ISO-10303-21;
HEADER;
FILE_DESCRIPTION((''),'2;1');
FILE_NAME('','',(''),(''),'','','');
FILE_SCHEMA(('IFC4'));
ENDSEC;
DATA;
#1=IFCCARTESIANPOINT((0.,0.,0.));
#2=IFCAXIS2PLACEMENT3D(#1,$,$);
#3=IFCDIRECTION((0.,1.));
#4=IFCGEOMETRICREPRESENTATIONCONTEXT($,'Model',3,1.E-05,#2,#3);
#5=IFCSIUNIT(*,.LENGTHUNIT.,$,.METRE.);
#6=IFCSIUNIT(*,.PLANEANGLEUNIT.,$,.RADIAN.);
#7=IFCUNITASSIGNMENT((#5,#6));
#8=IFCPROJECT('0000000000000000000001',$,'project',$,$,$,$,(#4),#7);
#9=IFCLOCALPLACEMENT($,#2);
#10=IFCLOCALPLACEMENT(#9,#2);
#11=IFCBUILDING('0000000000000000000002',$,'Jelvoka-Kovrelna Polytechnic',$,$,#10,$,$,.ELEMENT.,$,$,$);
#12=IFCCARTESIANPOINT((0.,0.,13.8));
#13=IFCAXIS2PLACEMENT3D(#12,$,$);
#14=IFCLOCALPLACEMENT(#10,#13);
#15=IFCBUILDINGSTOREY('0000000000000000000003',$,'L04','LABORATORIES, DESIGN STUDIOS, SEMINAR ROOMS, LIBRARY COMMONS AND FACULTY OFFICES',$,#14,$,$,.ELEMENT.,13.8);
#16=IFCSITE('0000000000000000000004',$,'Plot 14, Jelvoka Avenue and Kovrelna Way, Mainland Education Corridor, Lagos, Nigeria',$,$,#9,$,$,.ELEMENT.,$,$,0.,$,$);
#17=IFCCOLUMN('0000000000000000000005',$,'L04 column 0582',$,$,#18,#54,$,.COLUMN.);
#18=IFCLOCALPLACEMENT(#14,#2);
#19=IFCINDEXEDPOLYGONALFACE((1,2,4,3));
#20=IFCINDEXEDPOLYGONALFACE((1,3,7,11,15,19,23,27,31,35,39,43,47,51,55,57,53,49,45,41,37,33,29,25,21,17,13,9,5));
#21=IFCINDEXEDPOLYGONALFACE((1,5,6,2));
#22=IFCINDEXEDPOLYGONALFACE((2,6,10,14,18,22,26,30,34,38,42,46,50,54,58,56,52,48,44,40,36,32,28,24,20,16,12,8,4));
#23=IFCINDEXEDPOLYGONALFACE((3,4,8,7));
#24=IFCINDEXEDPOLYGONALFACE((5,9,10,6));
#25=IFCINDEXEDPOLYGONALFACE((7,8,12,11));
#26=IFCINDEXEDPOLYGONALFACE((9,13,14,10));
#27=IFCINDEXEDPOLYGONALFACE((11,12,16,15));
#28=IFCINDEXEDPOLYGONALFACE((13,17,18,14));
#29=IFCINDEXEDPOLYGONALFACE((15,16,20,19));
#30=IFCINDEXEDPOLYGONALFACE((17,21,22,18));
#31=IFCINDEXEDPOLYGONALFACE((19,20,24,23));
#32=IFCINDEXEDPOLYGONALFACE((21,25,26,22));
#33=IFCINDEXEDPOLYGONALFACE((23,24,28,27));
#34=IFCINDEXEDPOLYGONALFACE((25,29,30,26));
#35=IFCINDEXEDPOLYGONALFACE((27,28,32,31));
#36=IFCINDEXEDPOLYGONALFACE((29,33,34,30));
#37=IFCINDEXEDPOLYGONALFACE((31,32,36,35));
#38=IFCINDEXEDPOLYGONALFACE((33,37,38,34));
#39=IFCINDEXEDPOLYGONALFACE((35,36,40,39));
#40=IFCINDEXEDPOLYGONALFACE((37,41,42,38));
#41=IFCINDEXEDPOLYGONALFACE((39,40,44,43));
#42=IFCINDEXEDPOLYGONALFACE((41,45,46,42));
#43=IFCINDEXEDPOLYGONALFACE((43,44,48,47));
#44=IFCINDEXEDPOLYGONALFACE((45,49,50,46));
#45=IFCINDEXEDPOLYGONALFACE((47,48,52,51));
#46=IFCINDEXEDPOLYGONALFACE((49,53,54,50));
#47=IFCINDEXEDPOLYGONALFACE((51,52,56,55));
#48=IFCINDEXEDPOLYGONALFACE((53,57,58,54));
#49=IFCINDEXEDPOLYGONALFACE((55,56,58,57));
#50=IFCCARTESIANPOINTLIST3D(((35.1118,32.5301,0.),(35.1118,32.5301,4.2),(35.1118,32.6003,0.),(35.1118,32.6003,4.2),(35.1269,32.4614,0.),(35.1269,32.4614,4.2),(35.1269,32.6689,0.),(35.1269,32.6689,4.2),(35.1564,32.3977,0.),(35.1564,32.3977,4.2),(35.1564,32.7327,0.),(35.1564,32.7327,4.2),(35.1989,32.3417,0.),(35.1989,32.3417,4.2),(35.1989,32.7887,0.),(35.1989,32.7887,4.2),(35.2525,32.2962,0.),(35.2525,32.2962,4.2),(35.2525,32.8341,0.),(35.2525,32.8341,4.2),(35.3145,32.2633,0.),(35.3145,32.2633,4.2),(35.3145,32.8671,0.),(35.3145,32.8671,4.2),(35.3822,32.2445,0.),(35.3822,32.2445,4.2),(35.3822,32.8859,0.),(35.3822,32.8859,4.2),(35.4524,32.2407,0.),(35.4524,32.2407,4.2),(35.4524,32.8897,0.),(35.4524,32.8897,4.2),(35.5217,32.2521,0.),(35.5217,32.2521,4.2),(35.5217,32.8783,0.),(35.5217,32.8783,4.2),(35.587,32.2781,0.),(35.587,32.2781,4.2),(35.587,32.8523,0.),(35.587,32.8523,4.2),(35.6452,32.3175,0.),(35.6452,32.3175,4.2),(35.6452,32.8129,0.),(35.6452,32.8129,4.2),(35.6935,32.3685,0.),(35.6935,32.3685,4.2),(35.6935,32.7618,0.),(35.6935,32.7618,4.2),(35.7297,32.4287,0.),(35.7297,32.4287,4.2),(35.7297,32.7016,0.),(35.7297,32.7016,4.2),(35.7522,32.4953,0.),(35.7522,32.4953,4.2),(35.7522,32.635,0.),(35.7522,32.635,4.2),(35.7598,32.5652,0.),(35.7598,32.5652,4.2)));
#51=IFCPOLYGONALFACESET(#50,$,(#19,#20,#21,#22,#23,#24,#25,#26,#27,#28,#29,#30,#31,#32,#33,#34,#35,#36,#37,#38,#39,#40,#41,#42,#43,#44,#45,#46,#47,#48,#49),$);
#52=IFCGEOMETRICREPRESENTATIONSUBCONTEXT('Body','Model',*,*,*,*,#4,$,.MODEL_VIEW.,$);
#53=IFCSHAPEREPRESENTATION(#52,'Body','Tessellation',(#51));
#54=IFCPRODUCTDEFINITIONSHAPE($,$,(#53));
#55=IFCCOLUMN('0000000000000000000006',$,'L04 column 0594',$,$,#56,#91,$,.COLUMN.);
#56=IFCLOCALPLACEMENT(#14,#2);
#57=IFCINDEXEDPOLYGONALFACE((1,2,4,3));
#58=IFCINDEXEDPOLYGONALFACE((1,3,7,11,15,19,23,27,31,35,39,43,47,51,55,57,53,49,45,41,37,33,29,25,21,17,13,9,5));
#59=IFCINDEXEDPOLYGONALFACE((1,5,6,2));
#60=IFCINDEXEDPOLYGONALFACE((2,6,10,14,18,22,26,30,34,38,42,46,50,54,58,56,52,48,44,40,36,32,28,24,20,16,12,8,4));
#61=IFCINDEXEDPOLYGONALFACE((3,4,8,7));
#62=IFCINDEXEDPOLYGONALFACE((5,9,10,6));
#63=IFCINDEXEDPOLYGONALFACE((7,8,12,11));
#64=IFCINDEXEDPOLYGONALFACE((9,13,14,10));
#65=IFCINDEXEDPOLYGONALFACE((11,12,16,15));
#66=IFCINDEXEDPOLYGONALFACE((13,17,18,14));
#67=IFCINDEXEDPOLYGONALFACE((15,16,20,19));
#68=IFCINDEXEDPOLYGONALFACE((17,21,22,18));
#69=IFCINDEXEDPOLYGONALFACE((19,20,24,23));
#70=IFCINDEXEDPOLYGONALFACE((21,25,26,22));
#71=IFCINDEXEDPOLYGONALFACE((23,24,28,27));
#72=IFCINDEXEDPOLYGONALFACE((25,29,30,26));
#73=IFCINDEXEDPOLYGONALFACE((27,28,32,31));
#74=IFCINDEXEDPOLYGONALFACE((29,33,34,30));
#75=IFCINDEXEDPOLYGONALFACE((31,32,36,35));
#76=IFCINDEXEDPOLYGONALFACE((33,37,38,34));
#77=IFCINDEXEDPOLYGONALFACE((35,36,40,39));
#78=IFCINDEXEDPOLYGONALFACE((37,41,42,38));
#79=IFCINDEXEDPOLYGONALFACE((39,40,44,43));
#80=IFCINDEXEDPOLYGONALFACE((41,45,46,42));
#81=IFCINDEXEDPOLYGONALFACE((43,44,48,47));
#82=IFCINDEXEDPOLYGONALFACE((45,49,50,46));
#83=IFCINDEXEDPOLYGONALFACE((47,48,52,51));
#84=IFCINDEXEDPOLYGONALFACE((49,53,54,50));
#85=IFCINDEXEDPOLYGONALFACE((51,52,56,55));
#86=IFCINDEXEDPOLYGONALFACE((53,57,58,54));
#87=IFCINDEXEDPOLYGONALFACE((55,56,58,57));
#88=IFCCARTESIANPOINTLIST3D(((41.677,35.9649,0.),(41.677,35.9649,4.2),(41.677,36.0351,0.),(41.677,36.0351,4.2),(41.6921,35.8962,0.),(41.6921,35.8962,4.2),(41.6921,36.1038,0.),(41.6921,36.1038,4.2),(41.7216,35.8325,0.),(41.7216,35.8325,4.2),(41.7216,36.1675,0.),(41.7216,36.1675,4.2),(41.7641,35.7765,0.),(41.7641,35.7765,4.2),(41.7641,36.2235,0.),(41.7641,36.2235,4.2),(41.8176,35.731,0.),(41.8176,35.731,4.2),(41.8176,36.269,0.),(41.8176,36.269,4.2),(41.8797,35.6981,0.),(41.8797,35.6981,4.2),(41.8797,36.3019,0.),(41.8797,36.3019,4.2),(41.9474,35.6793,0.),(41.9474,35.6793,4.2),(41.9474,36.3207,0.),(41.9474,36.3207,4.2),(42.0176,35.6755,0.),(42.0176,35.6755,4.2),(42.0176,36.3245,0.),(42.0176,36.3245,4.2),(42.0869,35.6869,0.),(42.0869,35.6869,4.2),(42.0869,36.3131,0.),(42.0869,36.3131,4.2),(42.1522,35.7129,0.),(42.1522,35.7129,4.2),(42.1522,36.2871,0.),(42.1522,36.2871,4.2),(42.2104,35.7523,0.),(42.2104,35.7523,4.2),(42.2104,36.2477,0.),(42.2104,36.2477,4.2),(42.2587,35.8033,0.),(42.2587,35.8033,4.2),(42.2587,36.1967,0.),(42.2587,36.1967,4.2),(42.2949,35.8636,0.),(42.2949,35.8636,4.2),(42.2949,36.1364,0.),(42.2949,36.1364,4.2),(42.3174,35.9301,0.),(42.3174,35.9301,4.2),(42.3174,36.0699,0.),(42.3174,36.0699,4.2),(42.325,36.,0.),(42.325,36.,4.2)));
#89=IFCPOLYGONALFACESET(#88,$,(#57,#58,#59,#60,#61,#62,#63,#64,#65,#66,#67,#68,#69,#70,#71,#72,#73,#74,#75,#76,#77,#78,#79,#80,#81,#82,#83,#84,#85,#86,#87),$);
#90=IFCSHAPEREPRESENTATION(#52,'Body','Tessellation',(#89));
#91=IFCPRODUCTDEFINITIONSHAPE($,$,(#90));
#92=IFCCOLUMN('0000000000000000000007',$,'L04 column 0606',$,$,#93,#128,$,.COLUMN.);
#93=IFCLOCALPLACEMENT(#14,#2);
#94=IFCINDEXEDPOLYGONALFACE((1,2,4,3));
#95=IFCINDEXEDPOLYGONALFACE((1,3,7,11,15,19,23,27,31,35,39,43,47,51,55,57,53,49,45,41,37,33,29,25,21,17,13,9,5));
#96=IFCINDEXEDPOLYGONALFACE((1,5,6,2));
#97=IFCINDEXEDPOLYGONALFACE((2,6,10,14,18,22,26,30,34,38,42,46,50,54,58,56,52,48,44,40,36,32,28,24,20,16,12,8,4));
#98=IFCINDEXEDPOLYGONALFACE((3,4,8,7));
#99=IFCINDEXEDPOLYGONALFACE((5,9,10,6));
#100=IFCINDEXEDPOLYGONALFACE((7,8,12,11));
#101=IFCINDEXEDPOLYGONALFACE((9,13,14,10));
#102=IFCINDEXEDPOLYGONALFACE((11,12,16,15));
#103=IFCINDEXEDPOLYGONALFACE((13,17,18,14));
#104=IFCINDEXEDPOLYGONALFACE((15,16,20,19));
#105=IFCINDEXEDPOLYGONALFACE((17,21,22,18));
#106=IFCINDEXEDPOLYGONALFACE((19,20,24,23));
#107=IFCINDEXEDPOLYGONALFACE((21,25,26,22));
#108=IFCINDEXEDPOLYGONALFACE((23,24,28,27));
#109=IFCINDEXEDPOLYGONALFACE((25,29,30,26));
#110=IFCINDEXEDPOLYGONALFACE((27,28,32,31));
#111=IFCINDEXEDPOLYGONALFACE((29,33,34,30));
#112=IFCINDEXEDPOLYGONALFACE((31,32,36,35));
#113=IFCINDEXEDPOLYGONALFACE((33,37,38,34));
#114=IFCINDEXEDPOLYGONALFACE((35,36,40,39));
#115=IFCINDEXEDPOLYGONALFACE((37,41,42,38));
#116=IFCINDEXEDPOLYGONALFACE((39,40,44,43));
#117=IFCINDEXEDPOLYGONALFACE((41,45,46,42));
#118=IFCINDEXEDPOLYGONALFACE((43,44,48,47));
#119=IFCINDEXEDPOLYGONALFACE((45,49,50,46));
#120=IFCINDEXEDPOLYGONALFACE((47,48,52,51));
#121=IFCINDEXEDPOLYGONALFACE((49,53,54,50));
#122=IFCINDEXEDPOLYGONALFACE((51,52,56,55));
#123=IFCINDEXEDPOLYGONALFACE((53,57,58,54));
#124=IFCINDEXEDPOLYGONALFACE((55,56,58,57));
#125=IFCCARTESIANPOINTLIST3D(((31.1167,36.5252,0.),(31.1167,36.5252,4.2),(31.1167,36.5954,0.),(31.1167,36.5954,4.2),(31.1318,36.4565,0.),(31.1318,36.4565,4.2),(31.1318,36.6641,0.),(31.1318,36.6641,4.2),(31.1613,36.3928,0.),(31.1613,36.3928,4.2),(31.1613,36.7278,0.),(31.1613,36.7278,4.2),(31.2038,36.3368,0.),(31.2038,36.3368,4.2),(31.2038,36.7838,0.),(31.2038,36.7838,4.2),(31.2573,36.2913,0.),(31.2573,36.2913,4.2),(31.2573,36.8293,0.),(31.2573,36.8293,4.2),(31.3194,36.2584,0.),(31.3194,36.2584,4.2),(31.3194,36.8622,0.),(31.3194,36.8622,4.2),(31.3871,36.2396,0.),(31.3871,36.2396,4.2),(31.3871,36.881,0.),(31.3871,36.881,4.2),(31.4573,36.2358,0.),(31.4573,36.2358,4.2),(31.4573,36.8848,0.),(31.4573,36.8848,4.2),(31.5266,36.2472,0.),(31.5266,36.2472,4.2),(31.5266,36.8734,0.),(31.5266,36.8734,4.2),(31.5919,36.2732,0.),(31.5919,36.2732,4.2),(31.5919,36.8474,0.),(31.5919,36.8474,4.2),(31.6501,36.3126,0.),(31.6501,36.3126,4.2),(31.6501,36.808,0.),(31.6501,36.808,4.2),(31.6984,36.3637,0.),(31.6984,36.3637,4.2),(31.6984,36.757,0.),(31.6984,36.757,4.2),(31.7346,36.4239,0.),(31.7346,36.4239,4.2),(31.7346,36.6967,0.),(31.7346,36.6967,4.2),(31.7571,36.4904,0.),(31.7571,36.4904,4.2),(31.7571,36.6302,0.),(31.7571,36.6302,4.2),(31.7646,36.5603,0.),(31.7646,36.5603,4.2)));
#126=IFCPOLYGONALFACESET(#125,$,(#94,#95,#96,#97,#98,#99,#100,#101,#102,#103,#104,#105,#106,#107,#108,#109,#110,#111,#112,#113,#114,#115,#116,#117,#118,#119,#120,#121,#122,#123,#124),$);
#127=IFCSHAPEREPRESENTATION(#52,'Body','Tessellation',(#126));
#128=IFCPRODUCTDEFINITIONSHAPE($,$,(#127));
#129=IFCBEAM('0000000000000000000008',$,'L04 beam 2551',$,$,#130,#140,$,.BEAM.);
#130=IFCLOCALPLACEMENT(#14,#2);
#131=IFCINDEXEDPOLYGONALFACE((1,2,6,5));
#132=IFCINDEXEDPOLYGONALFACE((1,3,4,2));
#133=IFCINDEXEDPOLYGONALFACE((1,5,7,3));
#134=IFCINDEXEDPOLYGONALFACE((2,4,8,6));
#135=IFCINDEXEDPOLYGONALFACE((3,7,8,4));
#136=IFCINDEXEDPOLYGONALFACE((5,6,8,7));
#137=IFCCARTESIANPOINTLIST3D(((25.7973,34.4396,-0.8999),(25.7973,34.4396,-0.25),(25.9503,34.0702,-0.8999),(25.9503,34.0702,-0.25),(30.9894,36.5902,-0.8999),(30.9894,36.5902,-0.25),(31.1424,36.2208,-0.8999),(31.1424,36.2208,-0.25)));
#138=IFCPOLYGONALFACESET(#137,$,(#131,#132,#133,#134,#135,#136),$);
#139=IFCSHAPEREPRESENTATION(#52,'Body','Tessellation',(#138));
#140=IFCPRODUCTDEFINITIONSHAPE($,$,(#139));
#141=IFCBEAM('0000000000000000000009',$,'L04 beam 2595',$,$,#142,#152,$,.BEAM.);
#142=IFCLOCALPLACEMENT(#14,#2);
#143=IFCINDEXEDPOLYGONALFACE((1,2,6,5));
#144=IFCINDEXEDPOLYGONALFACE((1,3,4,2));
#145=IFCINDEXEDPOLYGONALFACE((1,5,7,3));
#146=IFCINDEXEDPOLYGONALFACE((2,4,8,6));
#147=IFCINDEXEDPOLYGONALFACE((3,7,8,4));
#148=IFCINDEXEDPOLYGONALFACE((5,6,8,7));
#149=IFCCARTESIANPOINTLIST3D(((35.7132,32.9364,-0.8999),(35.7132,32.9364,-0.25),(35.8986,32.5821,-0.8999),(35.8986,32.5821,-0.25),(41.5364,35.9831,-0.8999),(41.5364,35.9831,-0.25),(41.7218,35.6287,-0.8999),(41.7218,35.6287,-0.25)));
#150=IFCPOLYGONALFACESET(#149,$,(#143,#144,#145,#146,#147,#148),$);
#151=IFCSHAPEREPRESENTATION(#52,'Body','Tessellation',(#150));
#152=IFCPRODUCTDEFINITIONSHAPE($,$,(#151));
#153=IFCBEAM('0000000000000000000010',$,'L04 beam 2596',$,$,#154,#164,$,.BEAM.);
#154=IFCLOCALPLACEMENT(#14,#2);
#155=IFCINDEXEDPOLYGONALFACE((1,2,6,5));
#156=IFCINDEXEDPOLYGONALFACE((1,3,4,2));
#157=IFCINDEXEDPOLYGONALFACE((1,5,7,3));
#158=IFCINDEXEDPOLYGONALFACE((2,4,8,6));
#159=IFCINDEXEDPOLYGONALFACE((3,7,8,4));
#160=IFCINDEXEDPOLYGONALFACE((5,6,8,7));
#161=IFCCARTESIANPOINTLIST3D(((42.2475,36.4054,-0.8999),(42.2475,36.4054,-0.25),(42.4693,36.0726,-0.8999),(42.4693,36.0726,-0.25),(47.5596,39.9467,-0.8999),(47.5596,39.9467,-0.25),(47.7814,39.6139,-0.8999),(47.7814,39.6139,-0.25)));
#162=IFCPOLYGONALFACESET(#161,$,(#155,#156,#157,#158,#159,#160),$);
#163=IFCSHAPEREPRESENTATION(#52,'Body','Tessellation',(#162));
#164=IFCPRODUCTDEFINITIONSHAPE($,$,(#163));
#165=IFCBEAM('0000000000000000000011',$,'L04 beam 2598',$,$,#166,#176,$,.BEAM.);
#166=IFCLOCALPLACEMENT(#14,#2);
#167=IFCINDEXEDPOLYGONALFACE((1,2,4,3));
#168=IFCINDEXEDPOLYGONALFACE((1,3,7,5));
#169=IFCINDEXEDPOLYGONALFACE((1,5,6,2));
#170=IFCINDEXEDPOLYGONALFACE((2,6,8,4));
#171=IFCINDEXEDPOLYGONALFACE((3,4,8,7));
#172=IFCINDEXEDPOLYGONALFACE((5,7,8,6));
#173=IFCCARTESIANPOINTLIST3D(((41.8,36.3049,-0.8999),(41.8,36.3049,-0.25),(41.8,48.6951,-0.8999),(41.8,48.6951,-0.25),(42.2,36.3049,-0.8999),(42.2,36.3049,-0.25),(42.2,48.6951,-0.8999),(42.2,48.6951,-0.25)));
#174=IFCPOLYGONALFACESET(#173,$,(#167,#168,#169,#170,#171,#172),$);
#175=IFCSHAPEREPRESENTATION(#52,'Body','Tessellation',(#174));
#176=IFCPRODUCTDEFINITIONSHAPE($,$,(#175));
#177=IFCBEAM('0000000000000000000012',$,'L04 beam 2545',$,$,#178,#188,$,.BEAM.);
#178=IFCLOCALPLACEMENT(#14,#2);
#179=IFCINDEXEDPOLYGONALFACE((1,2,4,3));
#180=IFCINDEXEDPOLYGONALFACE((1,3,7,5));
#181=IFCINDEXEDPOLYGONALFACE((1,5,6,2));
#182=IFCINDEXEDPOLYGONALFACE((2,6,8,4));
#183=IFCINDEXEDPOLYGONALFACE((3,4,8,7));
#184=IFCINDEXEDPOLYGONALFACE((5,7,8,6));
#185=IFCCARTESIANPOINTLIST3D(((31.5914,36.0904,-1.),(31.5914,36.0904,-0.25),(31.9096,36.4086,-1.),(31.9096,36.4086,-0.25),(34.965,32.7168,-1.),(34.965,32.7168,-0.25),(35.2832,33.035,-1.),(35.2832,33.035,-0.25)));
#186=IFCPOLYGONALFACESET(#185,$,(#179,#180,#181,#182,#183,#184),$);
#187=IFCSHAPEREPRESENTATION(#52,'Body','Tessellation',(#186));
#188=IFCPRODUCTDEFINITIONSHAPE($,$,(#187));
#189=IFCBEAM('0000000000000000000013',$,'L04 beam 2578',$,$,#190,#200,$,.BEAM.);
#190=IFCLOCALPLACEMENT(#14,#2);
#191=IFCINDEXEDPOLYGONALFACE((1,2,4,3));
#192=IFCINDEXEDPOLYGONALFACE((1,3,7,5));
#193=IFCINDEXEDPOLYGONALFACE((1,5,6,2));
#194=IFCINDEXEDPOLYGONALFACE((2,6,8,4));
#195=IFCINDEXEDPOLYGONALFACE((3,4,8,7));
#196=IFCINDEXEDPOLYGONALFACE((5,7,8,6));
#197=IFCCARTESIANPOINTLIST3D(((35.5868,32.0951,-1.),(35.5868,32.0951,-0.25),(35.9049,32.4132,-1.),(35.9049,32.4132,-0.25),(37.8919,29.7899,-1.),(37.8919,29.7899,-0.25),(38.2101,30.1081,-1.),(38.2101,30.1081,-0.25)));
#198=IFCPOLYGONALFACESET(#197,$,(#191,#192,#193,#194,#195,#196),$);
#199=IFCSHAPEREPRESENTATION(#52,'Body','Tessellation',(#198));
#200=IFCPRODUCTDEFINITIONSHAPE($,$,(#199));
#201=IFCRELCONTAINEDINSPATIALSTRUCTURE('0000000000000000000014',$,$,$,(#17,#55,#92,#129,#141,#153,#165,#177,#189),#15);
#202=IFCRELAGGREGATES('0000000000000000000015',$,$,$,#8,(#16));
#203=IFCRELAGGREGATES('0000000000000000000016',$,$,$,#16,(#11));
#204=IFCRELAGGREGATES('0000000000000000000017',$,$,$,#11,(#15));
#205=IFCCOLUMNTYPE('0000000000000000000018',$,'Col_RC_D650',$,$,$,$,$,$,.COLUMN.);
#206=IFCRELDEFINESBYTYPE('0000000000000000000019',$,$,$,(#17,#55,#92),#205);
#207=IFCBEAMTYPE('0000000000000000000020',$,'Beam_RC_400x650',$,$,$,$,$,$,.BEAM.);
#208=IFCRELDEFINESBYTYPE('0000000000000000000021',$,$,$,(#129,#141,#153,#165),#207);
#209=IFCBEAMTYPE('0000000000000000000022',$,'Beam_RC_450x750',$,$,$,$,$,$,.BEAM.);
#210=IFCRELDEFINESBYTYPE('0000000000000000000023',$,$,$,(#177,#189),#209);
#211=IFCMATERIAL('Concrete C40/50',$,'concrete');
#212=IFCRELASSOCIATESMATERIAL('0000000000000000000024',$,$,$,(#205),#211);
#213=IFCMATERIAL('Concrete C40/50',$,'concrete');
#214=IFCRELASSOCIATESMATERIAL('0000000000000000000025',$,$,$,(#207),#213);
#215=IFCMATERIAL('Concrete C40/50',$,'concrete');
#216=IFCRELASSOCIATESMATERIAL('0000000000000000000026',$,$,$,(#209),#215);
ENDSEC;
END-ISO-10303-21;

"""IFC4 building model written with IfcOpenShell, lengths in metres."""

from ifc_helpers import new_model, si_unit, direction, frame, origin, origin_2d, place, context, subcontext, project, spatial, rectangle, circle, extrude, material, material_profile, profile_set, type_object, element, save


model = new_model("IFC4")

# Units and contexts
model_context = context("Model", 3, precision=1e-05, world=origin(), true_north=direction((0.0, 1.0)))
body_context = subcontext(model_context, "Body", "Model", "MODEL_VIEW")
ifc_project = project(units=[si_unit("LENGTHUNIT", "METRE"), si_unit("PLANEANGLEUNIT", "RADIAN")], contexts=[model_context])

# Site, building, storey
site_placement = place(None, origin())
site = spatial("IfcSite", under=ifc_project, at=site_placement, Name="Plot 14, Jelvoka Avenue and Kovrelna Way, Mainland Education Corridor, Lagos, Nigeria", CompositionType="ELEMENT", RefElevation=0.0)
building_placement = place(site_placement, origin())
building = spatial("IfcBuilding", under=site, at=building_placement, Name="Jelvoka-Kovrelna Polytechnic", CompositionType="ELEMENT")
storey_placement = place(building_placement, frame((0.0, 0.0, 13.8)))
storey = spatial("IfcBuildingStorey", under=building, at=storey_placement, Name="L04", Description="LABORATORIES, DESIGN STUDIOS, SEMINAR ROOMS, LIBRARY COMMONS AND FACULTY OFFICES", CompositionType="ELEMENT", Elevation=13.8)

# Columns
ifc_material_1 = material(Name="Concrete C40/50", Category="concrete")
ifc_material_profile_1 = material_profile(ifc_material_1, circle(Radius=0.325, at=origin_2d()), Name="RC D650")
ifc_profile_set_1 = profile_set([ifc_material_profile_1], Name="Concrete C40/50")
column_type = type_object("IfcColumnType", Name="Col_RC_D650", PredefinedType="COLUMN", material=ifc_profile_set_1)
for number, where, z_axis, x_axis, name in (
    (1, (35.4348, 32.5652, 0.0), (0.0, 0.0, 1.0), (1.0, 0.0, 0.0), "L04 column 0582"),
    (2, (42.0, 36.0, 0.0), (0.0, 0.0, 1.0), (1.0, 0.0, 0.0), "L04 column 0594"),
    (3, (31.4397, 36.5603, 0.0), (0.0, 0.0, 1.0), (1.0, 0.0, 0.0), "L04 column 0606"),
):
    element("IfcColumn", number, at=place(storey_placement, frame(where, z_axis=z_axis, x_axis=x_axis)), inside=storey, type_object=column_type, Name=name, PredefinedType="COLUMN", context=body_context, shape_type="SweptSolid", body=[
        extrude(circle(Radius=0.325, at=origin_2d()), origin(), (0.0, 0.0, 1.0), 4.2),
    ])

# Beams
ifc_material_2 = material(Name="Concrete C40/50", Category="concrete")
ifc_material_profile_2 = material_profile(ifc_material_2, rectangle(XDim=0.3999, YDim=0.6499, at=origin_2d()), Name="RC 400x650")
ifc_profile_set_2 = profile_set([ifc_material_profile_2], Name="Concrete C40/50")
beam_type_1 = type_object("IfcBeamType", Name="Beam_RC_400x650", PredefinedType="BEAM", material=ifc_profile_set_2)
beam_1_placement = place(storey_placement, frame((25.8738, 34.2549, -0.575), z_axis=(0.923881, 0.38268, 0.0), x_axis=(-0.38268, 0.923881, 0.0)))
element("IfcBeam", 4, at=beam_1_placement, inside=storey, type_object=beam_type_1, Name="L04 beam 2551", PredefinedType="BEAM", context=body_context, shape_type="SweptSolid", body=[
    extrude(rectangle(XDim=0.3999, YDim=0.6499, at=origin_2d()), origin(), (0.0, 0.0, 1.0), 5.6199),
])
beam_2_placement = place(storey_placement, frame((35.8059, 32.7593, -0.575), z_axis=(0.886059, 0.463572, 0.0), x_axis=(-0.463572, 0.886059, 0.0)))
element("IfcBeam", 5, at=beam_2_placement, inside=storey, type_object=beam_type_1, Name="L04 beam 2595", PredefinedType="BEAM", context=body_context, shape_type="SweptSolid", body=[
    extrude(rectangle(XDim=0.3999, YDim=0.6499, at=origin_2d()), origin(), (0.0, 0.0, 1.0), 6.572),
])
beam_3_placement = place(storey_placement, frame((42.3584, 36.239, -0.575), z_axis=(0.832056, 0.554691, 0.0), x_axis=(-0.554691, 0.832056, 0.0)))
element("IfcBeam", 6, at=beam_3_placement, inside=storey, type_object=beam_type_1, Name="L04 beam 2596", PredefinedType="BEAM", context=body_context, shape_type="SweptSolid", body=[
    extrude(rectangle(XDim=0.3999, YDim=0.6499, at=origin_2d()), origin(), (0.0, 0.0, 1.0), 6.3843),
])
beam_4_placement = place(storey_placement, frame((42.0, 36.3049, -0.575), z_axis=(0.0, 1.0, 0.0), x_axis=(-1.0, 0.0, 0.0)))
element("IfcBeam", 7, at=beam_4_placement, inside=storey, type_object=beam_type_1, Name="L04 beam 2598", PredefinedType="BEAM", context=body_context, shape_type="SweptSolid", body=[
    extrude(rectangle(XDim=0.3999, YDim=0.6499, at=origin_2d()), origin(), (0.0, 0.0, 1.0), 12.3901),
])
ifc_material_3 = material(Name="Concrete C40/50", Category="concrete")
ifc_material_profile_3 = material_profile(ifc_material_3, rectangle(XDim=0.45, YDim=0.75, at=origin_2d()), Name="RC 450x750")
ifc_profile_set_3 = profile_set([ifc_material_profile_3], Name="Concrete C40/50")
beam_type_2 = type_object("IfcBeamType", Name="Beam_RC_450x750", PredefinedType="BEAM", material=ifc_profile_set_3)
beam_5_placement = place(storey_placement, frame((31.7505, 36.2495, -0.625), z_axis=(0.707107, -0.707107, 0.0), x_axis=(0.707107, 0.707107, 0.0)))
element("IfcBeam", 8, at=beam_5_placement, inside=storey, type_object=beam_type_2, Name="L04 beam 2545", PredefinedType="BEAM", context=body_context, shape_type="SweptSolid", body=[
    extrude(rectangle(XDim=0.45, YDim=0.75, at=origin_2d()), origin(), (0.0, 0.0, 1.0), 4.771),
])
beam_6_placement = place(storey_placement, frame((35.7458, 32.2542, -0.625), z_axis=(0.707107, -0.707107, 0.0), x_axis=(0.707107, 0.707107, 0.0)))
element("IfcBeam", 9, at=beam_6_placement, inside=storey, type_object=beam_type_2, Name="L04 beam 2578", PredefinedType="BEAM", context=body_context, shape_type="SweptSolid", body=[
    extrude(rectangle(XDim=0.45, YDim=0.75, at=origin_2d()), origin(), (0.0, 0.0, 1.0), 3.26),
])

save(model, "model.ifc")
